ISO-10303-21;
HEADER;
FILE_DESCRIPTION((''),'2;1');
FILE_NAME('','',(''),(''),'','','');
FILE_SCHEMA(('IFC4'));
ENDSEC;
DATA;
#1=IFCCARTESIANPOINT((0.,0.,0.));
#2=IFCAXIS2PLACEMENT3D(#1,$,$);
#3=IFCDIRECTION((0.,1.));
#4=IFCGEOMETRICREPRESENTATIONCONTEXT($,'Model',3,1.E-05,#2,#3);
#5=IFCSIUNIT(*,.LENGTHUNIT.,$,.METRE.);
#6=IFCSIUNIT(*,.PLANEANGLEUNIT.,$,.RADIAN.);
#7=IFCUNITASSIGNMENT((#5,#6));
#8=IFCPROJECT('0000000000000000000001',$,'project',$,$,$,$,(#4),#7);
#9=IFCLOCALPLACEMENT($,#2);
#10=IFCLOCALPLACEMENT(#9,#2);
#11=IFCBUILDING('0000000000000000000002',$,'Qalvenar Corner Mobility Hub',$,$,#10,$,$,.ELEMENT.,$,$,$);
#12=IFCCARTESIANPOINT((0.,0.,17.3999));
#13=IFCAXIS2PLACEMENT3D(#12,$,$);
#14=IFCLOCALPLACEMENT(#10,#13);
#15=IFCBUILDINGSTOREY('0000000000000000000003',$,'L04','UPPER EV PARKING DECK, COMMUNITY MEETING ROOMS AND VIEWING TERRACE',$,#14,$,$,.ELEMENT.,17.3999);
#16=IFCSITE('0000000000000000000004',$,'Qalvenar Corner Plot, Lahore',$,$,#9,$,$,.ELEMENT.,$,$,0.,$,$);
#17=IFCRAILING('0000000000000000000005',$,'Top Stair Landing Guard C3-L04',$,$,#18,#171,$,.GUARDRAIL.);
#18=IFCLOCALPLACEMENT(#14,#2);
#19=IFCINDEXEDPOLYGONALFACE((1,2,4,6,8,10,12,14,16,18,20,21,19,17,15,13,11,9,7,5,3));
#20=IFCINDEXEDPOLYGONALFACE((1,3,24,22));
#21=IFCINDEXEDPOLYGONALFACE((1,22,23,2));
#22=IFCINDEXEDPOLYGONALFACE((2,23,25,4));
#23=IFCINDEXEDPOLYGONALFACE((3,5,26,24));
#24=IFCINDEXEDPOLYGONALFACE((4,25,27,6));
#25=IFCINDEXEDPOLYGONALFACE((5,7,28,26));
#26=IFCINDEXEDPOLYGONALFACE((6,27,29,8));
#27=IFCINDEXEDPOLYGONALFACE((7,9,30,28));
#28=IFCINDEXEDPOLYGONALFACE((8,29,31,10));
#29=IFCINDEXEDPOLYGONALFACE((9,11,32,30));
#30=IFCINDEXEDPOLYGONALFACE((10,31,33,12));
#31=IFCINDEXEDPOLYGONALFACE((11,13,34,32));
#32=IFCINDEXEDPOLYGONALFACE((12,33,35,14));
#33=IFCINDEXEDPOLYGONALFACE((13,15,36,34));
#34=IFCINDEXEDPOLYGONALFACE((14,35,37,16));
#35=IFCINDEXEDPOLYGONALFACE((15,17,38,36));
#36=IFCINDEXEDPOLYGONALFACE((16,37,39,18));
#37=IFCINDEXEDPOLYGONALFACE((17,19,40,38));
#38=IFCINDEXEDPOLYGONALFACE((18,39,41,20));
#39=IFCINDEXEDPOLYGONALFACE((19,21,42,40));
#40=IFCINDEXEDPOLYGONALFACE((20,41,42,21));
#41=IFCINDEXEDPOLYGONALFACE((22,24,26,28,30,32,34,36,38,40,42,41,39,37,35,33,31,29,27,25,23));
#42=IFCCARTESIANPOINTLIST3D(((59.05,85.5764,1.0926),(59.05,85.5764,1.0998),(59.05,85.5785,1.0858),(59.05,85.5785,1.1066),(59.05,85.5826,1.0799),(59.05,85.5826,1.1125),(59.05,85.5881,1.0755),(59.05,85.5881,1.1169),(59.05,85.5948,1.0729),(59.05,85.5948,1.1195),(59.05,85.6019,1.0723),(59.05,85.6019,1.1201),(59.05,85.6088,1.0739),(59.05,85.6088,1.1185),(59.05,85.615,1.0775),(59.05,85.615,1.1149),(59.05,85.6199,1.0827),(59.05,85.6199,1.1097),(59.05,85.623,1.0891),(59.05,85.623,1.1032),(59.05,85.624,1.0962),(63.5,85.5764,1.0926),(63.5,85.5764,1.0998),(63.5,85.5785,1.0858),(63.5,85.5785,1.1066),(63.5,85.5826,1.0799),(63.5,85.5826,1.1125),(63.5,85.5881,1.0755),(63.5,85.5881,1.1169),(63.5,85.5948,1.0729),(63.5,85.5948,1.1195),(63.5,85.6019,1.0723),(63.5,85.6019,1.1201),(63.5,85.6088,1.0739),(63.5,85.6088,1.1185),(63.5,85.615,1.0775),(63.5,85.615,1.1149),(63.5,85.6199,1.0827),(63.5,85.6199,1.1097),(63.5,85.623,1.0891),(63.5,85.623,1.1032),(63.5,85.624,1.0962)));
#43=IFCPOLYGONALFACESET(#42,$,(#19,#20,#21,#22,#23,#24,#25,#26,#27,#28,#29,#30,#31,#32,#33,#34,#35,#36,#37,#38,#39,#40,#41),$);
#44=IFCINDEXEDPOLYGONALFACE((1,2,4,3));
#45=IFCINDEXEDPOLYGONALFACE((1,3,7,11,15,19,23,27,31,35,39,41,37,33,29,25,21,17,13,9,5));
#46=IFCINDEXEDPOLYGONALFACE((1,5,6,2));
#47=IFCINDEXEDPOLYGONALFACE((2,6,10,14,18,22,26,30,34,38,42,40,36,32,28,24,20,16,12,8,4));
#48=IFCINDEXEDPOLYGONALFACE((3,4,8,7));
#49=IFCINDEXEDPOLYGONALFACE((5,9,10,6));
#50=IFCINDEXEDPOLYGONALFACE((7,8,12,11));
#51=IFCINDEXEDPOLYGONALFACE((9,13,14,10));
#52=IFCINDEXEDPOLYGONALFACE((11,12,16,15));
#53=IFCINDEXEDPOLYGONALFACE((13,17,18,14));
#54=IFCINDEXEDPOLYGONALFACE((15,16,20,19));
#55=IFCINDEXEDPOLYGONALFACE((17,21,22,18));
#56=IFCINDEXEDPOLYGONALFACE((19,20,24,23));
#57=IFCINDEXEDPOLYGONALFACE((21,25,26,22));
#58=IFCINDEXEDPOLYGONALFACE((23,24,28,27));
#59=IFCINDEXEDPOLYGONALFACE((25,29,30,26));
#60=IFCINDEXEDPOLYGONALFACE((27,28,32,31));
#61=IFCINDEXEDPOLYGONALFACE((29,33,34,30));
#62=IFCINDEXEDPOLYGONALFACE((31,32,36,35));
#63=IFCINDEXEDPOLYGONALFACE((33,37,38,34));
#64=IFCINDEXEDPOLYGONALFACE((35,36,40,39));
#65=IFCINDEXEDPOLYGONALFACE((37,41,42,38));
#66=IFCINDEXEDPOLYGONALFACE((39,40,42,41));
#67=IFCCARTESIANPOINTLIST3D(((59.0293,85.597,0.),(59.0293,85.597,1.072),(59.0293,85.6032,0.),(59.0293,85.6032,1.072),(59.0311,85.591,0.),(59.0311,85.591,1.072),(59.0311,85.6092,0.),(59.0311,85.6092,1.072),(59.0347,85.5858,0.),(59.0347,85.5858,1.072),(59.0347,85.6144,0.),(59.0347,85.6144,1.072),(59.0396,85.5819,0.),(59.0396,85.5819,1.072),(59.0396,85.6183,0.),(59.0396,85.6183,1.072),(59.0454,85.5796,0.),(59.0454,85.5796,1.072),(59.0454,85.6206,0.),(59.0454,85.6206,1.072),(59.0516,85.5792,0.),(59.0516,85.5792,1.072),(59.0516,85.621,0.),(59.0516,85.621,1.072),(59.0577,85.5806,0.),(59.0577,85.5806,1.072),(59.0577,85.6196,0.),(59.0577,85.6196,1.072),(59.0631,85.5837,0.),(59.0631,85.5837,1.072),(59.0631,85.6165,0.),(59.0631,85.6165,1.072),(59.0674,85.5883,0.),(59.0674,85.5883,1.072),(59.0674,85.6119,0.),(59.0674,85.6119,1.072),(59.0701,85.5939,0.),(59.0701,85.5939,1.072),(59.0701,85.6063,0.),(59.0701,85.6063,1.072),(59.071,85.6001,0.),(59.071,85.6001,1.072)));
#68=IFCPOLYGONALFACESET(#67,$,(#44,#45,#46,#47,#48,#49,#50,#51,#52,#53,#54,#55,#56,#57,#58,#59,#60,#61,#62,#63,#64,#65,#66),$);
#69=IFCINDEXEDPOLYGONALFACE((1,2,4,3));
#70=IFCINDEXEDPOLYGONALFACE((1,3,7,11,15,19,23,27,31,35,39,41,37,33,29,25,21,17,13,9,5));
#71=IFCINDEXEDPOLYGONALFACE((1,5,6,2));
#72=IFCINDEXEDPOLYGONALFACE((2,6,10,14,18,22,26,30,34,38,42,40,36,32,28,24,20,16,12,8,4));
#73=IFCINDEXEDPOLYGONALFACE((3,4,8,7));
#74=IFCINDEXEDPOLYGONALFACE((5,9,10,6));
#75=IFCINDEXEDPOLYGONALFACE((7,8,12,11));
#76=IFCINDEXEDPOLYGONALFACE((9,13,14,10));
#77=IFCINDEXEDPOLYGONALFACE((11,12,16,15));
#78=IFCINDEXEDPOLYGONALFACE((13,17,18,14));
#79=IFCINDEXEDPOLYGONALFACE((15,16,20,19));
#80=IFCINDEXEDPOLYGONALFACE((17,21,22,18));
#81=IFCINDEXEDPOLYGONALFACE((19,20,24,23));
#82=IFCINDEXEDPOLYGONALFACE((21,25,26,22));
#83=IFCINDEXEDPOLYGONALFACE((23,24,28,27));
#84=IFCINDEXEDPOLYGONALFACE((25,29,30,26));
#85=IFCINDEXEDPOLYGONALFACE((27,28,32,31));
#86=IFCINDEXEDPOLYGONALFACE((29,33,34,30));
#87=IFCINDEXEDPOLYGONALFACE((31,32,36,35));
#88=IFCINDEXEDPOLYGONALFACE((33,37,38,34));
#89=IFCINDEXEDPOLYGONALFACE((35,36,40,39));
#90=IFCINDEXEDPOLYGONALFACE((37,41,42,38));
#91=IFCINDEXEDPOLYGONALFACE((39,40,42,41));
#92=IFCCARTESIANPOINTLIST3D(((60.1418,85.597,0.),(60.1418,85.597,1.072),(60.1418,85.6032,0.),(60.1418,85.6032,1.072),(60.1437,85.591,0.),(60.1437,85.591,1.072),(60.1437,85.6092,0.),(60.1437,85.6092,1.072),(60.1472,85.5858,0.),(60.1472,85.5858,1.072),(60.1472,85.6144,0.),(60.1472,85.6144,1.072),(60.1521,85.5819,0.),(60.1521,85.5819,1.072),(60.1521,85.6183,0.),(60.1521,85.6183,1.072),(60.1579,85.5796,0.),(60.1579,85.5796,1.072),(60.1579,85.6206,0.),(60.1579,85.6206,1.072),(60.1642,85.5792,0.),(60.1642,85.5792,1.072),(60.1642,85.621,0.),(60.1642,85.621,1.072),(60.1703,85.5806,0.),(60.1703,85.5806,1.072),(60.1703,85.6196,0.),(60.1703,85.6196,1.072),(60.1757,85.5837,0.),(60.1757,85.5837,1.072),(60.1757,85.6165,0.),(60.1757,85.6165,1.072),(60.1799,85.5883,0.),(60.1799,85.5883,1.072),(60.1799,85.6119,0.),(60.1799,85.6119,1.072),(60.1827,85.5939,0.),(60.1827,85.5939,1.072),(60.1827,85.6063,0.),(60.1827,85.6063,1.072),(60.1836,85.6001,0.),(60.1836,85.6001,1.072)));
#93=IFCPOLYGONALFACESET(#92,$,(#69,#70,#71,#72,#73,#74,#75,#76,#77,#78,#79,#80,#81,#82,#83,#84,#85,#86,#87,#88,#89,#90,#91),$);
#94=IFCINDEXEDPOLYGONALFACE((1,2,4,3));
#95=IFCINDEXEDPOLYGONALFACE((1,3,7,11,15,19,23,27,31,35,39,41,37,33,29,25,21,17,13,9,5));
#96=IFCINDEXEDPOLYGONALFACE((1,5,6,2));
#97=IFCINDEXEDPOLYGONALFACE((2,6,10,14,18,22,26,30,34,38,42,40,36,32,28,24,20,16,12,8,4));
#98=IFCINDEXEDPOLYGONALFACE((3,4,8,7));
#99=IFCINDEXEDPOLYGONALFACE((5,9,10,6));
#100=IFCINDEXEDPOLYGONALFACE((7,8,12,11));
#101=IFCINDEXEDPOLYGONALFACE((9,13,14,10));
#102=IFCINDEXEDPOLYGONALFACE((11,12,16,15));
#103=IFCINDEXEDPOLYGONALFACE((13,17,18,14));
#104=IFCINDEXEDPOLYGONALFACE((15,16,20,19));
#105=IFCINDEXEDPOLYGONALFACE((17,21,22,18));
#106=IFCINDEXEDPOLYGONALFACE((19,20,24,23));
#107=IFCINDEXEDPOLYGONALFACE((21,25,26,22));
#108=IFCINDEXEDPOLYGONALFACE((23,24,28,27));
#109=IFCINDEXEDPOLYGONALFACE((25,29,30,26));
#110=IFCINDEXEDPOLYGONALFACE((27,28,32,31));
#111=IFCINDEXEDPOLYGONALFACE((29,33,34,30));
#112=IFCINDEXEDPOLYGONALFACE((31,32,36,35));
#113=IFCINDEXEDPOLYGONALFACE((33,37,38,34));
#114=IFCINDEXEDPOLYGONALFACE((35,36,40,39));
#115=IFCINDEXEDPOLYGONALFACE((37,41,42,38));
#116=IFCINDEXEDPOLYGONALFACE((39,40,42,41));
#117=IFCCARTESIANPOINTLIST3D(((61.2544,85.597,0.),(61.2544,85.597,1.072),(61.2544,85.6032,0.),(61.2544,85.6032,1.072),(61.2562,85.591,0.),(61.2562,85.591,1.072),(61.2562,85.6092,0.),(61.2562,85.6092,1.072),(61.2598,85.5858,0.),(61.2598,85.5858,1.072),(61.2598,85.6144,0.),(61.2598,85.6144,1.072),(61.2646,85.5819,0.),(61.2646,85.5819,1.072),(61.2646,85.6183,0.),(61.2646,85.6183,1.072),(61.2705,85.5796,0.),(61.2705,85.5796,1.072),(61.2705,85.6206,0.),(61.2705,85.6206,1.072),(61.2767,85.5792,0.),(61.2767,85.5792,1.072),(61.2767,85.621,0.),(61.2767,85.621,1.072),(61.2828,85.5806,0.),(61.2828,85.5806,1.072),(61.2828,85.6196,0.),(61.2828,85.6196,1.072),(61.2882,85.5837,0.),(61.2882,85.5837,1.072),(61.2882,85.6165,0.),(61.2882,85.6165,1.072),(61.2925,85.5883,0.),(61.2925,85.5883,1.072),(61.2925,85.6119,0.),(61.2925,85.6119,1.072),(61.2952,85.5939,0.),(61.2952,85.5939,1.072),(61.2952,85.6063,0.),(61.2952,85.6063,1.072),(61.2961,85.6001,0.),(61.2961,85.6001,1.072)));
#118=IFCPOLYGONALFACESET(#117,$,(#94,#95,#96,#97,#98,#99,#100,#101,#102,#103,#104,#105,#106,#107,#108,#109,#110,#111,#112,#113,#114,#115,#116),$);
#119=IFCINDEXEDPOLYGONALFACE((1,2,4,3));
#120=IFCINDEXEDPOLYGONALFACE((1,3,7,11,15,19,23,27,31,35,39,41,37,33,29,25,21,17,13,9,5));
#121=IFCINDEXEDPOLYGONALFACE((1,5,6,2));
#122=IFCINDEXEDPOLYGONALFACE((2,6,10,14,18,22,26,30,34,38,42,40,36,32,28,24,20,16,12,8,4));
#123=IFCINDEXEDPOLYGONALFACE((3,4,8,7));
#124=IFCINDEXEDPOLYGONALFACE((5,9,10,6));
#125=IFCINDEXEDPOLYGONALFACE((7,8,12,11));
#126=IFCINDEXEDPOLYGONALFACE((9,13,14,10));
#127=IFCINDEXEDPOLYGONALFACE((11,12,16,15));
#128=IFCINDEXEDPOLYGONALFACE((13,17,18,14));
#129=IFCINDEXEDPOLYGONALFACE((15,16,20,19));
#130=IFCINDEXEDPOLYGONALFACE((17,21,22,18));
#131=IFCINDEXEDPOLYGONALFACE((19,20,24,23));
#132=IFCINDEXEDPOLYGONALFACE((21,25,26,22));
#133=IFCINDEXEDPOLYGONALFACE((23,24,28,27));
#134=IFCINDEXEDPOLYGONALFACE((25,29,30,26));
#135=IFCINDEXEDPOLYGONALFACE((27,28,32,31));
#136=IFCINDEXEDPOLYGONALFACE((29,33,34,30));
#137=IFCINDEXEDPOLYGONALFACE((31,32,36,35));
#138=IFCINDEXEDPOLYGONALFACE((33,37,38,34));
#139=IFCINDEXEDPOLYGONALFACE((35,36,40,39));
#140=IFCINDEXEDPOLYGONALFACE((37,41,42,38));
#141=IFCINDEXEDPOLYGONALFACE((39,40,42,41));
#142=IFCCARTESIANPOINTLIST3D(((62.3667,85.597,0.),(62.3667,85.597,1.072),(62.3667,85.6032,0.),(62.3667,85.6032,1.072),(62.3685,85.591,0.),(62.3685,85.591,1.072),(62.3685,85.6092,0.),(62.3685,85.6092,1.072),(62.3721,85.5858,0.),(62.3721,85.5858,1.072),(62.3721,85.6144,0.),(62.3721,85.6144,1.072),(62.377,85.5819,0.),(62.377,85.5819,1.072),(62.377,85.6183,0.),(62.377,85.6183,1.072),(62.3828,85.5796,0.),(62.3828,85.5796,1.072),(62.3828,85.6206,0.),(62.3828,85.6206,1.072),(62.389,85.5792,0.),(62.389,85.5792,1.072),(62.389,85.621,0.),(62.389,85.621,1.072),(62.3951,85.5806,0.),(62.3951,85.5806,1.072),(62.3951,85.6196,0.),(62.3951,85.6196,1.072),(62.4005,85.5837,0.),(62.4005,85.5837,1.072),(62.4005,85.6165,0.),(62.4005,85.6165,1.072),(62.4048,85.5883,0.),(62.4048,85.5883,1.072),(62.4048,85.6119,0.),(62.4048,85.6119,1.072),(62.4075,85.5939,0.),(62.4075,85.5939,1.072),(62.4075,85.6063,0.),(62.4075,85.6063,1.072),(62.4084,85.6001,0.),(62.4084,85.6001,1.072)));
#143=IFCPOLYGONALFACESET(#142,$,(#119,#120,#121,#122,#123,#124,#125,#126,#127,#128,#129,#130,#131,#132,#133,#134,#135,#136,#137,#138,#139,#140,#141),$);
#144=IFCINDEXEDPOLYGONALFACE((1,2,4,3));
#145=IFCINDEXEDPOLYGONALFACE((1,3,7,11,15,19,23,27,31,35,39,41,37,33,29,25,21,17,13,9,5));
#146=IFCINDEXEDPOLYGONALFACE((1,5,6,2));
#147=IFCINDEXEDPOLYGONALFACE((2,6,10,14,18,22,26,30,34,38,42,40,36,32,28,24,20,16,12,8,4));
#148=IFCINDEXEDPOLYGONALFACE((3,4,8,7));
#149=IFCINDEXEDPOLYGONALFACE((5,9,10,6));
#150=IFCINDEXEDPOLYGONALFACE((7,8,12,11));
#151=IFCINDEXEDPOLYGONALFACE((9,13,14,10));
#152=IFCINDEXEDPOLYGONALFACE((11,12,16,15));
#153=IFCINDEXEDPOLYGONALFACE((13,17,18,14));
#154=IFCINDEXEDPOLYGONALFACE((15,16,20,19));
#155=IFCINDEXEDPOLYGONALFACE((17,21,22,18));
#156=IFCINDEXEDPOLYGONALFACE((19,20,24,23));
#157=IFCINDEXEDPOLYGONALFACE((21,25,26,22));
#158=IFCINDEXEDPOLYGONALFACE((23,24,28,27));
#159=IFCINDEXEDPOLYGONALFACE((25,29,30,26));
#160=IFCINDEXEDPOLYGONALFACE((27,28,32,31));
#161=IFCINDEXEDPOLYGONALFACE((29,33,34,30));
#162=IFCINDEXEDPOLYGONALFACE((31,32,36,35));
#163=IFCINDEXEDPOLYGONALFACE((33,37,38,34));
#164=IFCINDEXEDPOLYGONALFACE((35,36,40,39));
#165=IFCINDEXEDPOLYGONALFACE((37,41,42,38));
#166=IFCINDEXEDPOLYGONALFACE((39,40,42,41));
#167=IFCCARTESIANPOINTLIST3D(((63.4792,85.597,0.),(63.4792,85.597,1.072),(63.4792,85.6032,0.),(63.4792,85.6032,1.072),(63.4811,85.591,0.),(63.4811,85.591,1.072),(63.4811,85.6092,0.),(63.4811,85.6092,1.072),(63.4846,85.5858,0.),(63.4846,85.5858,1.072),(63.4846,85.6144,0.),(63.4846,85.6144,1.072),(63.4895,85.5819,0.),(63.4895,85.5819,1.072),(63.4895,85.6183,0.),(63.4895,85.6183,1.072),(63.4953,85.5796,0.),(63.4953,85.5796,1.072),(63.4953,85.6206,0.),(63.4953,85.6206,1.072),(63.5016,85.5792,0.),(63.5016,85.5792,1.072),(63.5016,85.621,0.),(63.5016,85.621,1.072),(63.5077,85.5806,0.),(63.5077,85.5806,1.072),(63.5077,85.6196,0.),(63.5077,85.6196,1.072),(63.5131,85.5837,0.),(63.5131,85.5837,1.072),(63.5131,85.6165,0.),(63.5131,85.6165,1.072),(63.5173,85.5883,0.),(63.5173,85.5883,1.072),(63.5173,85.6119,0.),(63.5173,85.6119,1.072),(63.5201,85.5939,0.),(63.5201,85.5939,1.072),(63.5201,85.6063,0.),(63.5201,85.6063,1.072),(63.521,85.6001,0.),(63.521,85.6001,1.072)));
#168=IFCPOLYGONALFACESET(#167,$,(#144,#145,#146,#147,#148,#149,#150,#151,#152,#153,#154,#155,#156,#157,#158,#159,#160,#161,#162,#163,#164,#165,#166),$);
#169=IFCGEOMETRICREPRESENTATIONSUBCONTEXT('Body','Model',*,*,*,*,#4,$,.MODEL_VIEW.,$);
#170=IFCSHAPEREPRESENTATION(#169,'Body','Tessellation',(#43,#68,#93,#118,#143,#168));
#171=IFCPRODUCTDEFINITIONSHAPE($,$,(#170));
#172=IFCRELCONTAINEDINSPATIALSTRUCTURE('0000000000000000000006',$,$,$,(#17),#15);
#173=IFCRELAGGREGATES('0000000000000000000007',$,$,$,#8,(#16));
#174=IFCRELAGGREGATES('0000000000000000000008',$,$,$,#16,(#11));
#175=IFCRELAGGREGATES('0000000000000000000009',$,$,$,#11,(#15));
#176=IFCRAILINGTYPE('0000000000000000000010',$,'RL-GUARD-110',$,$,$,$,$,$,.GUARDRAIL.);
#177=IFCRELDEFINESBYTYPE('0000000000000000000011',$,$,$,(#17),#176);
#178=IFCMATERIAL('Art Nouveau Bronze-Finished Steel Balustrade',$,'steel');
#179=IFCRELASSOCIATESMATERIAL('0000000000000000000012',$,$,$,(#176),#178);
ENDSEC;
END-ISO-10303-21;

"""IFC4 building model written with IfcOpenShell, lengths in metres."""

from ifc_helpers import new_model, si_unit, direction, frame, origin, origin_2d, place, context, subcontext, project, spatial, circle, extrude, material, type_object, element, save


model = new_model("IFC4")

# Units and contexts
model_context = context("Model", 3, precision=1e-05, world=origin(), true_north=direction((0.0, 1.0)))
body_context = subcontext(model_context, "Body", "Model", "MODEL_VIEW")
ifc_project = project(units=[si_unit("LENGTHUNIT", "METRE"), si_unit("PLANEANGLEUNIT", "RADIAN")], contexts=[model_context])

# Site, building, storey
site_placement = place(None, origin())
site = spatial("IfcSite", under=ifc_project, at=site_placement, Name="Qalvenar Corner Plot, Lahore", CompositionType="ELEMENT", RefElevation=0.0)
building_placement = place(site_placement, origin())
building = spatial("IfcBuilding", under=site, at=building_placement, Name="Qalvenar Corner Mobility Hub", CompositionType="ELEMENT")
storey_placement = place(building_placement, frame((0.0, 0.0, 17.3999)))
storey = spatial("IfcBuildingStorey", under=building, at=storey_placement, Name="L04", Description="UPPER EV PARKING DECK, COMMUNITY MEETING ROOMS AND VIEWING TERRACE", CompositionType="ELEMENT", Elevation=17.3999)

# Railing
ifc_material_1 = material(Name="Art Nouveau Bronze-Finished Steel Balustrade", Category="steel")
railing_type_1 = type_object("IfcRailingType", Name="RL-GUARD-110", PredefinedType="GUARDRAIL", material=ifc_material_1)
railing_1_placement = place(storey_placement, frame((59.05, 85.6001, 0.0)))
element("IfcRailing", 1, at=railing_1_placement, inside=storey, type_object=railing_type_1, Name="Top Stair Landing Guard C3-L04", PredefinedType="GUARDRAIL", context=body_context, shape_type="SweptSolid", body=[
    extrude(circle(Radius=0.0239, at=origin_2d()), frame((0.0, 0.0, 1.0962), z_axis=(1.0, 0.0, 0.0), x_axis=(0.0, 1.0, 0.0)), (0.0, 0.0, 1.0), 4.45),
    extrude(circle(Radius=0.021, at=origin_2d()), origin(), (0.0, 0.0, 1.0), 1.072),
    extrude(circle(Radius=0.021, at=origin_2d()), frame((1.1125, 0.0, 0.0)), (0.0, 0.0, 1.0), 1.072),
    extrude(circle(Radius=0.021, at=origin_2d()), frame((2.2251, 0.0, 0.0)), (0.0, 0.0, 1.0), 1.072),
    extrude(circle(Radius=0.021, at=origin_2d()), frame((3.3374, 0.0, 0.0)), (0.0, 0.0, 1.0), 1.072),
    extrude(circle(Radius=0.021, at=origin_2d()), frame((4.45, 0.0, 0.0)), (0.0, 0.0, 1.0), 1.072),
])

save(model, "model.ifc")
